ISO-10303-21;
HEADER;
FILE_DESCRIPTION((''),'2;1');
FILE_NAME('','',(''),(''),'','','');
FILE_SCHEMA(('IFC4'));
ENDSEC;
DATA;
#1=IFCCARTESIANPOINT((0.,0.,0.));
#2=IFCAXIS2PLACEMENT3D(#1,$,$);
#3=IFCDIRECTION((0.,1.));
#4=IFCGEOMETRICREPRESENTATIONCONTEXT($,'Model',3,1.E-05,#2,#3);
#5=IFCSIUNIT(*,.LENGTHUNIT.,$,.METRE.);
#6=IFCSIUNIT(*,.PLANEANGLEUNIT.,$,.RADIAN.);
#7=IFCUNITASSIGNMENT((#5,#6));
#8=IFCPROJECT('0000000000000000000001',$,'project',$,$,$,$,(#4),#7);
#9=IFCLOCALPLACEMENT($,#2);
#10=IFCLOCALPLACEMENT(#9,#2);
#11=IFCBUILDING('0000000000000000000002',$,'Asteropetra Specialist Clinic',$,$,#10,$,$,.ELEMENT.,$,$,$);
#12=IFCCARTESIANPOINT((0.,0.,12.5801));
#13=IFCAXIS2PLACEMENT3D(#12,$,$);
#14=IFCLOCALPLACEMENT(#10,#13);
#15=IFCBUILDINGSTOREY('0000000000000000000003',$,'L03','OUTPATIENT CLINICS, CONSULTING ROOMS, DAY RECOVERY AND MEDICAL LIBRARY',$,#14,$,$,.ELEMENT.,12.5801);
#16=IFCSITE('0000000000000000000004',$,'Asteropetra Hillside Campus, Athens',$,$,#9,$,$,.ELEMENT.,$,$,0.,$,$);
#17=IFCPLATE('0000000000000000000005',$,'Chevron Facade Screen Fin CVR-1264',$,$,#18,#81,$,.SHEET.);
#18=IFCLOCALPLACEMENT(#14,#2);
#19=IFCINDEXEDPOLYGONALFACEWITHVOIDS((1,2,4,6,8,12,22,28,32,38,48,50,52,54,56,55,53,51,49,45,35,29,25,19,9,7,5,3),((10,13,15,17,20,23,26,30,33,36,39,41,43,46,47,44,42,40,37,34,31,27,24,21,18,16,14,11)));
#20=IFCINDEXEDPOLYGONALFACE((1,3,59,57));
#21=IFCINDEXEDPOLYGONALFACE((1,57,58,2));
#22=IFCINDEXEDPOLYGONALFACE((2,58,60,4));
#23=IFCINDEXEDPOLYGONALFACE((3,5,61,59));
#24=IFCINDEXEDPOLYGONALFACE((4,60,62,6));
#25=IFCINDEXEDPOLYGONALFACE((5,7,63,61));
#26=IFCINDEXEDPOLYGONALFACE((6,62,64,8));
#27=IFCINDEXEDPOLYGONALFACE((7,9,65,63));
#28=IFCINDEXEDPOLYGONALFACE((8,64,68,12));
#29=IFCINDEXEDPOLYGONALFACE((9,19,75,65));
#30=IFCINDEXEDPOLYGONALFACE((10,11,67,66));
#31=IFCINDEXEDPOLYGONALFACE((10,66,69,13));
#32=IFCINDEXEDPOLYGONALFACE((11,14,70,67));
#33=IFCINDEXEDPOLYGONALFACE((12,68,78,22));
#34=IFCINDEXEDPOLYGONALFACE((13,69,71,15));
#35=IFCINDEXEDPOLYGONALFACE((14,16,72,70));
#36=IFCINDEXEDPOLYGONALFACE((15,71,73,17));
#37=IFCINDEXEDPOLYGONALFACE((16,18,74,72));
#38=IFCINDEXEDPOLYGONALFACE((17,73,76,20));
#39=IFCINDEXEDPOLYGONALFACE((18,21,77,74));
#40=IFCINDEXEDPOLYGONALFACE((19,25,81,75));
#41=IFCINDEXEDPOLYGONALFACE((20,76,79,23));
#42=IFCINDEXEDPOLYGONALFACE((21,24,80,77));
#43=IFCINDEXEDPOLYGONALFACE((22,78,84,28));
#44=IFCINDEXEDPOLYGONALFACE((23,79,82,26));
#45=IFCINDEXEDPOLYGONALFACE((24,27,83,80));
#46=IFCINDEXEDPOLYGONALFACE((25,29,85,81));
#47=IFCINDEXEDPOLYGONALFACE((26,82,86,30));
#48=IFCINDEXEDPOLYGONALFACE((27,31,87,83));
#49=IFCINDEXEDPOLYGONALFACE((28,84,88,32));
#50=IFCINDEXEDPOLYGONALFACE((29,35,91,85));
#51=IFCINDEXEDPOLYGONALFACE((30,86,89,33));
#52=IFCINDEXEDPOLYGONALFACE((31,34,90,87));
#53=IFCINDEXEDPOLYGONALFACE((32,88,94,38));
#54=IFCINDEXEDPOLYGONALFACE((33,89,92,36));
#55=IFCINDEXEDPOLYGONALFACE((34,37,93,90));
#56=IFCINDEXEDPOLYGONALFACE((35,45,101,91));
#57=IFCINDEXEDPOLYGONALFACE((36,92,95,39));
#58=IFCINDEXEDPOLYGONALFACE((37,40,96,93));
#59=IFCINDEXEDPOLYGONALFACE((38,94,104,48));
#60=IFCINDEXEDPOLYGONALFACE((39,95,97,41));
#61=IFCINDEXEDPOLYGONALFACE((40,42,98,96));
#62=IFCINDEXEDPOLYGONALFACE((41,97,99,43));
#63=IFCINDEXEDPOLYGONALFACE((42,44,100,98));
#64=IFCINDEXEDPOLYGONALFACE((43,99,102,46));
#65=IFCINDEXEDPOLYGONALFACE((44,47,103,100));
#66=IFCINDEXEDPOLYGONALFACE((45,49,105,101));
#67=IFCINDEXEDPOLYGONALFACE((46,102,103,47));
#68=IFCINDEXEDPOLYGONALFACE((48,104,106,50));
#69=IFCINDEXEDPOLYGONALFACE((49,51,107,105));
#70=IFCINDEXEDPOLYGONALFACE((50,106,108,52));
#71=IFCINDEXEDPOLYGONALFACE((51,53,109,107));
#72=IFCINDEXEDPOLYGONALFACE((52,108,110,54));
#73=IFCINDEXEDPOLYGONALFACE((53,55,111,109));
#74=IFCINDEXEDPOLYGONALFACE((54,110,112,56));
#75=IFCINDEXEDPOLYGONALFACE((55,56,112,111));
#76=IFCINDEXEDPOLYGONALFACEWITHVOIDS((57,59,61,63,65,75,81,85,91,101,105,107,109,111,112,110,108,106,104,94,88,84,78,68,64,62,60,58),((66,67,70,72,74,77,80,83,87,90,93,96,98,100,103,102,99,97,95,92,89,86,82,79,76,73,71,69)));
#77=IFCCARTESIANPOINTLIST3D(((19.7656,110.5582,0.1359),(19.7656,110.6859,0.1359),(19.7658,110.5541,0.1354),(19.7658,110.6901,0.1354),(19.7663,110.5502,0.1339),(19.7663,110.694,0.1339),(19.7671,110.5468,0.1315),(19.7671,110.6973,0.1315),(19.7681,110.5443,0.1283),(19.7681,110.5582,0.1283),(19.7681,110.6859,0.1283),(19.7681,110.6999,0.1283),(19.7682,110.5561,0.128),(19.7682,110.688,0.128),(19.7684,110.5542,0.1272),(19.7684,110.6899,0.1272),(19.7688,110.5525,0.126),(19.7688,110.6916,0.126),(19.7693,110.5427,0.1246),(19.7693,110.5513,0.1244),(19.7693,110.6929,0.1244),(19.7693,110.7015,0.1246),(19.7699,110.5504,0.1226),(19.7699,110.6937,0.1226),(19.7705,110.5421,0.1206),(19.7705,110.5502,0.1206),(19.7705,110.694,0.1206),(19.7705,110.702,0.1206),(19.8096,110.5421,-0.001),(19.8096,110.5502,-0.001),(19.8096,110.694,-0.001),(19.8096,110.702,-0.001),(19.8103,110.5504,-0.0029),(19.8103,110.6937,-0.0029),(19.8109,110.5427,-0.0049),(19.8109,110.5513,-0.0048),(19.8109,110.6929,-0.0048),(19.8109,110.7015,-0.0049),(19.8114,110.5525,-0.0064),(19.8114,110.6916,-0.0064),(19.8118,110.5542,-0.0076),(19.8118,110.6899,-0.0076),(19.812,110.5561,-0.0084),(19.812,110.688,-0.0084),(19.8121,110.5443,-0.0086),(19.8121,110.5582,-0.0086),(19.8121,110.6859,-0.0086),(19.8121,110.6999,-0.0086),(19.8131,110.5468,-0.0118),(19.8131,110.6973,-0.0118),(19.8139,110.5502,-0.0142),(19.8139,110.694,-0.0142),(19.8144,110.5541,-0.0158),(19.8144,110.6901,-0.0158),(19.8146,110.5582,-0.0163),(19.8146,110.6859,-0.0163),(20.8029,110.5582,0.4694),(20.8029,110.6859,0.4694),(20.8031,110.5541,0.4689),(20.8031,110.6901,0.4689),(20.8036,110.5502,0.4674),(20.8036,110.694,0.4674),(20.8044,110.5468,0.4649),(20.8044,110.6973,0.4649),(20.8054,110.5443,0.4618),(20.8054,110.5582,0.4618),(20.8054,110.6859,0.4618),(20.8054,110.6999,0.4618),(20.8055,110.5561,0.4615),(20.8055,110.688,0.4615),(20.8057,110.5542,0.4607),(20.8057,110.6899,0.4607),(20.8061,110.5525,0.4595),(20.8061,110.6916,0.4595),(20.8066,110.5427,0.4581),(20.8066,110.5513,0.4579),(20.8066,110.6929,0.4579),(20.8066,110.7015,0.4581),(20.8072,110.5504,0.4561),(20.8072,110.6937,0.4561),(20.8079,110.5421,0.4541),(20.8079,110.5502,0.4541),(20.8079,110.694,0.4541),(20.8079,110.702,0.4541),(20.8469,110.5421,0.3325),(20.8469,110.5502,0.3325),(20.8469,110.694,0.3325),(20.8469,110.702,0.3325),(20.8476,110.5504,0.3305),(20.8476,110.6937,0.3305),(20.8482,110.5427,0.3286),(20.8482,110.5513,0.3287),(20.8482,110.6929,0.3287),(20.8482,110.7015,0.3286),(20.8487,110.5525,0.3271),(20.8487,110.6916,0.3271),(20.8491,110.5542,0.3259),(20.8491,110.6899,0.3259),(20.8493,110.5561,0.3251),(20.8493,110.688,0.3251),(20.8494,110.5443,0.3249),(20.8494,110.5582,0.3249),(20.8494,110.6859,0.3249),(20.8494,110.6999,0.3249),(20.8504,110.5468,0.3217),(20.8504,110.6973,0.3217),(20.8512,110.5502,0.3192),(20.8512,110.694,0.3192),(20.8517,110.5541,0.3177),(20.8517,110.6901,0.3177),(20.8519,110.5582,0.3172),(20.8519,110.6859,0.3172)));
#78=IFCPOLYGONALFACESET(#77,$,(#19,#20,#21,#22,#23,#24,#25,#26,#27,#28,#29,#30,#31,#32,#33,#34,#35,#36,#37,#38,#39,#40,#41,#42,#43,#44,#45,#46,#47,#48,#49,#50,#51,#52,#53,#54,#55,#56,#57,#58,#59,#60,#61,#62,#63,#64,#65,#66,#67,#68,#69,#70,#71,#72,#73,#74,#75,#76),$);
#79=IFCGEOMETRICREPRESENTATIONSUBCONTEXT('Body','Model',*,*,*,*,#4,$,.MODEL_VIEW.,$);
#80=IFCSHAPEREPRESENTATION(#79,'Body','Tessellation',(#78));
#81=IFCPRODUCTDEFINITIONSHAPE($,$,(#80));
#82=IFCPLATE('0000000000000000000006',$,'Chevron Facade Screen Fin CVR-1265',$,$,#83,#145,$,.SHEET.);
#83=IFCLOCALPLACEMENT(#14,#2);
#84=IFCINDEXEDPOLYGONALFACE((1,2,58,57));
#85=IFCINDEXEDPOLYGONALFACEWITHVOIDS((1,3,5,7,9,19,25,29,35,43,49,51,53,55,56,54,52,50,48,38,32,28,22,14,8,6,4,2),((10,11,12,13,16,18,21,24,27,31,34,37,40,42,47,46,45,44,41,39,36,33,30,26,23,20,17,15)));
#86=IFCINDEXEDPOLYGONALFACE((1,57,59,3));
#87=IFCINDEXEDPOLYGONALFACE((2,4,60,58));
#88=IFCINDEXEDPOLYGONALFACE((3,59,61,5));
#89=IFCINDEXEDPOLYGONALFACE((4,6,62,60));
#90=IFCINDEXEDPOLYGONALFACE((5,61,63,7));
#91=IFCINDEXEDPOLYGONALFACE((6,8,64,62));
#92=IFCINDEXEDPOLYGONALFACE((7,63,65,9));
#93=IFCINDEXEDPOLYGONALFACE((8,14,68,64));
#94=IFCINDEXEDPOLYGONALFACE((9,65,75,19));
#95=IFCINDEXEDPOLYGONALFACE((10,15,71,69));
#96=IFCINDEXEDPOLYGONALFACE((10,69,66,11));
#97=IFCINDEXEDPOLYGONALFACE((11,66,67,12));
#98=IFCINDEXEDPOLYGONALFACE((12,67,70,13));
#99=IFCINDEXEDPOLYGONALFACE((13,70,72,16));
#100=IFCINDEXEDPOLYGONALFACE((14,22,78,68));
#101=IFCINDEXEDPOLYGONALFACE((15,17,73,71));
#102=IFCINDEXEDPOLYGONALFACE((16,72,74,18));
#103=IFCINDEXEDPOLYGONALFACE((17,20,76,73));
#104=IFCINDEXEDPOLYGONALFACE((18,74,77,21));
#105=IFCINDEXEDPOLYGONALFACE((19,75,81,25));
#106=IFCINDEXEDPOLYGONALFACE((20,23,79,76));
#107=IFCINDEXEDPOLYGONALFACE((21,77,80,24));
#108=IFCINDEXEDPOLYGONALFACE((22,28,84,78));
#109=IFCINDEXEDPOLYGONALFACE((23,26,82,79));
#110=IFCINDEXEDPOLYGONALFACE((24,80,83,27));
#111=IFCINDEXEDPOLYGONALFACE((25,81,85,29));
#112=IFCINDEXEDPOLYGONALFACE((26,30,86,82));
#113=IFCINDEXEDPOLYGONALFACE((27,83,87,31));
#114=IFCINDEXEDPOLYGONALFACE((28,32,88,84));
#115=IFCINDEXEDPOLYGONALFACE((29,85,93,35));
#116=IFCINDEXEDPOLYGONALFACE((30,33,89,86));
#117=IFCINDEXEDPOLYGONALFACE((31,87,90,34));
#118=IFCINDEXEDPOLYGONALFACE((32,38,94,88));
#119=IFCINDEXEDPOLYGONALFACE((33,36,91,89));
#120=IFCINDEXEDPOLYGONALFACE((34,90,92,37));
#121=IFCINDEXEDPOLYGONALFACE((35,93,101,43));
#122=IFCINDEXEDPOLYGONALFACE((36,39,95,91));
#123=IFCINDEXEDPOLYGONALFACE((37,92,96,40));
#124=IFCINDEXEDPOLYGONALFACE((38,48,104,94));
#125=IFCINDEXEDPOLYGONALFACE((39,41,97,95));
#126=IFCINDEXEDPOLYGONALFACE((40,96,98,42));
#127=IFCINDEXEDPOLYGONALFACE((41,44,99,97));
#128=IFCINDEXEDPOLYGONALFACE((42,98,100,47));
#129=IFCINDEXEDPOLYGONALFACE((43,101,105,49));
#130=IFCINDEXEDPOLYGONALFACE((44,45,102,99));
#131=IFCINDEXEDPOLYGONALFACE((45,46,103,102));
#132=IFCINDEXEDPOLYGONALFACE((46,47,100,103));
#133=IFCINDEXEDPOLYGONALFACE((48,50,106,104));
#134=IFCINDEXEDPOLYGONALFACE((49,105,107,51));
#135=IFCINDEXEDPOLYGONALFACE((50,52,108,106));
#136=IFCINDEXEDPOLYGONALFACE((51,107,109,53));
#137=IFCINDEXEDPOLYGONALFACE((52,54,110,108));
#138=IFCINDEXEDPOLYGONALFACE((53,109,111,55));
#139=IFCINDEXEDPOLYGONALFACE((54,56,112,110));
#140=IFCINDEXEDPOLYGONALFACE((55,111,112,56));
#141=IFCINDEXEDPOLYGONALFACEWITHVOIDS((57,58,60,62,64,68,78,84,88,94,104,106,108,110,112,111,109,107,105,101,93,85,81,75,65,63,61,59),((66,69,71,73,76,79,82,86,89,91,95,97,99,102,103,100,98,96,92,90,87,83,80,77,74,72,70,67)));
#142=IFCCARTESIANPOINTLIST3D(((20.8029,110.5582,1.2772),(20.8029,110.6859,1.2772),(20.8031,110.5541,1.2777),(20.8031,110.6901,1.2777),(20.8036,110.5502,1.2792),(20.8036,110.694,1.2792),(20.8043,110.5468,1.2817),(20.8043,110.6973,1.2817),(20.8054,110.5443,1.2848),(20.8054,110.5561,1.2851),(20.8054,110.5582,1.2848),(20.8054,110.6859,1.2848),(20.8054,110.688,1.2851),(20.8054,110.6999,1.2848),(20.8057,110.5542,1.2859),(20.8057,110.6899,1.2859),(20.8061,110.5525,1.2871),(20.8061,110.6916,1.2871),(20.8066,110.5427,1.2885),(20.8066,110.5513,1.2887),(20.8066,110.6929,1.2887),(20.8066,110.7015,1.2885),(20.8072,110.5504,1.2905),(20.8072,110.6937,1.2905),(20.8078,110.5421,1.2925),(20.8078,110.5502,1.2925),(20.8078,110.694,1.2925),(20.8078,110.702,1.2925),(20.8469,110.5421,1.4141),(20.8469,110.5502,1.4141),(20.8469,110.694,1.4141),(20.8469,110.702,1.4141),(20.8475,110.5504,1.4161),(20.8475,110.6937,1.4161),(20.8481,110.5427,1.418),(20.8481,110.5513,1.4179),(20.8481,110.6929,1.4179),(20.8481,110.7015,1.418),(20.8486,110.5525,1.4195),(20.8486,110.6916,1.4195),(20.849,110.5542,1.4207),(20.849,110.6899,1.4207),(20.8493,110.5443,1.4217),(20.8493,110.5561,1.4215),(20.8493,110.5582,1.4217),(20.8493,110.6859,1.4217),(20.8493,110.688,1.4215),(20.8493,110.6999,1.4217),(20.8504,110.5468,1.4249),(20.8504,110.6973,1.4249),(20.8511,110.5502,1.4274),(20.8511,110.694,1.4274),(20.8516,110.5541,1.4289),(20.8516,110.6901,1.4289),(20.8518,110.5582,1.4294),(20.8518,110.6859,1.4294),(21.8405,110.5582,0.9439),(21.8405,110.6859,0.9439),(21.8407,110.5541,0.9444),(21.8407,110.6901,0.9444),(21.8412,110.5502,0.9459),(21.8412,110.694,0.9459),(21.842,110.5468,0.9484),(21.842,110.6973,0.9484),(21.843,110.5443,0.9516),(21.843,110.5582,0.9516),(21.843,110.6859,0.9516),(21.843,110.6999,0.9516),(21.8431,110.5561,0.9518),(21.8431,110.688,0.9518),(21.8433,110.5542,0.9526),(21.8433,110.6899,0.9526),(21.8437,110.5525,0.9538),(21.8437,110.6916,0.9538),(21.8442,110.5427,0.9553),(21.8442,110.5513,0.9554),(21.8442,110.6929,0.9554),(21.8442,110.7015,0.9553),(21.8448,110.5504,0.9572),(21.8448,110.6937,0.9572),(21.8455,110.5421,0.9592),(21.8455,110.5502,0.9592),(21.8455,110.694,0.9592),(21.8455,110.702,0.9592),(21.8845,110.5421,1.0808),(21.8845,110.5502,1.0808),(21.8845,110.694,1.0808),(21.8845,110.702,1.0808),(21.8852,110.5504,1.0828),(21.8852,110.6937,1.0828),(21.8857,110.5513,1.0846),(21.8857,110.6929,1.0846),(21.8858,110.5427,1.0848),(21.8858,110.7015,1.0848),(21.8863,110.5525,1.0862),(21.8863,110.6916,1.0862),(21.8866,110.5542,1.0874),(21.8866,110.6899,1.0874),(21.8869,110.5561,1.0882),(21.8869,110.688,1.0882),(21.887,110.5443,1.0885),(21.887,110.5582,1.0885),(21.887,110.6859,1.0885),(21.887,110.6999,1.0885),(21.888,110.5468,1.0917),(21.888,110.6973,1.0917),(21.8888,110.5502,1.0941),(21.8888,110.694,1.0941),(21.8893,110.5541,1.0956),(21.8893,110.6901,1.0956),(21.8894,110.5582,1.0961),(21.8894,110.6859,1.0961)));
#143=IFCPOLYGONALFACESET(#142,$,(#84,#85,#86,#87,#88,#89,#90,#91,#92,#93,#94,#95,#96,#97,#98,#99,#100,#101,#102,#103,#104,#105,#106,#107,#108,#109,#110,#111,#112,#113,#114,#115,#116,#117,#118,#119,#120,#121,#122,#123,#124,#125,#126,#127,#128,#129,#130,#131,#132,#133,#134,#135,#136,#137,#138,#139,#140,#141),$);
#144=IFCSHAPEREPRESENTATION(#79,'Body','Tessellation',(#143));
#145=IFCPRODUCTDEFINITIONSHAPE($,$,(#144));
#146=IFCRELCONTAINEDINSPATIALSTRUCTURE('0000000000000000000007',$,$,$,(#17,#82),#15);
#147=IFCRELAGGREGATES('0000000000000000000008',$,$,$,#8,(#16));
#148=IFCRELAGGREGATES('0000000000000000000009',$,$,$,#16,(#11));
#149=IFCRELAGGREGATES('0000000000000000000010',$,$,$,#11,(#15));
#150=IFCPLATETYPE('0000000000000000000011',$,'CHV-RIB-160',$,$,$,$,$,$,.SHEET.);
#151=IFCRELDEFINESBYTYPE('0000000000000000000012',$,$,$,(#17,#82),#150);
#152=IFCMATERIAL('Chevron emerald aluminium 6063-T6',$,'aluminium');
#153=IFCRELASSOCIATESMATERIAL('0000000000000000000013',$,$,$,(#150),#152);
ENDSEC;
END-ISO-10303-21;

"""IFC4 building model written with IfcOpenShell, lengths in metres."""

from ifc_helpers import new_model, si_unit, direction, frame, origin, origin_2d, place, context, subcontext, project, spatial, hollow_rectangle, extrude, material, material_profile, profile_set, type_object, element, save


model = new_model("IFC4")

# Units and contexts
model_context = context("Model", 3, precision=1e-05, world=origin(), true_north=direction((0.0, 1.0)))
body_context = subcontext(model_context, "Body", "Model", "MODEL_VIEW")
ifc_project = project(units=[si_unit("LENGTHUNIT", "METRE"), si_unit("PLANEANGLEUNIT", "RADIAN")], contexts=[model_context])

# Site, building, storey
site_placement = place(None, origin())
site = spatial("IfcSite", under=ifc_project, at=site_placement, Name="Asteropetra Hillside Campus, Athens", CompositionType="ELEMENT", RefElevation=0.0)
building_placement = place(site_placement, origin())
building = spatial("IfcBuilding", under=site, at=building_placement, Name="Asteropetra Specialist Clinic", CompositionType="ELEMENT")
storey_placement = place(building_placement, frame((0.0, 0.0, 12.5801)))
storey = spatial("IfcBuildingStorey", under=building, at=storey_placement, Name="L03", Description="OUTPATIENT CLINICS, CONSULTING ROOMS, DAY RECOVERY AND MEDICAL LIBRARY", CompositionType="ELEMENT", Elevation=12.5801)

# Plates
ifc_material_1 = material(Name="Chevron emerald aluminium 6063-T6", Category="aluminium")
ifc_material_profile_1 = material_profile(ifc_material_1, hollow_rectangle(XDim=0.1599, YDim=0.1599, WallThickness=0.0081, InnerFilletRadius=0.0081, OuterFilletRadius=0.0161, at=origin_2d()), Name="SHS 160x160x8.0")
ifc_profile_set_1 = profile_set([ifc_material_profile_1], Name="Chevron emerald aluminium 6063-T6")
plate_type_1 = type_object("IfcPlateType", Name="CHV-RIB-160", PredefinedType="SHEET", material=ifc_profile_set_1)
plate_1_placement = place(storey_placement, frame((20.8274, 110.6221, 0.3933), z_axis=(-0.952012, 0.0, -0.30606), x_axis=(0.0, -1.0, 0.0)))
element("IfcPlate", 1, at=plate_1_placement, inside=storey, type_object=plate_type_1, Name="Chevron Facade Screen Fin CVR-1264", PredefinedType="SHEET", context=body_context, shape_type="SweptSolid", body=[
    extrude(hollow_rectangle(XDim=0.1599, YDim=0.1599, WallThickness=0.0081, InnerFilletRadius=0.0081, OuterFilletRadius=0.0161, at=origin_2d()), origin(), (0.0, 0.0, 1.0), 1.0896),
])
plate_2_placement = place(storey_placement, frame((21.865, 110.6221, 1.02), z_axis=(-0.952098, 0.0, 0.305792), x_axis=(0.0, -1.0, 0.0)))
element("IfcPlate", 2, at=plate_2_placement, inside=storey, type_object=plate_type_1, Name="Chevron Facade Screen Fin CVR-1265", PredefinedType="SHEET", context=body_context, shape_type="SweptSolid", body=[
    extrude(hollow_rectangle(XDim=0.1599, YDim=0.1599, WallThickness=0.0081, InnerFilletRadius=0.0081, OuterFilletRadius=0.0161, at=origin_2d()), origin(), (0.0, 0.0, 1.0), 1.0898),
])

save(model, "model.ifc")
